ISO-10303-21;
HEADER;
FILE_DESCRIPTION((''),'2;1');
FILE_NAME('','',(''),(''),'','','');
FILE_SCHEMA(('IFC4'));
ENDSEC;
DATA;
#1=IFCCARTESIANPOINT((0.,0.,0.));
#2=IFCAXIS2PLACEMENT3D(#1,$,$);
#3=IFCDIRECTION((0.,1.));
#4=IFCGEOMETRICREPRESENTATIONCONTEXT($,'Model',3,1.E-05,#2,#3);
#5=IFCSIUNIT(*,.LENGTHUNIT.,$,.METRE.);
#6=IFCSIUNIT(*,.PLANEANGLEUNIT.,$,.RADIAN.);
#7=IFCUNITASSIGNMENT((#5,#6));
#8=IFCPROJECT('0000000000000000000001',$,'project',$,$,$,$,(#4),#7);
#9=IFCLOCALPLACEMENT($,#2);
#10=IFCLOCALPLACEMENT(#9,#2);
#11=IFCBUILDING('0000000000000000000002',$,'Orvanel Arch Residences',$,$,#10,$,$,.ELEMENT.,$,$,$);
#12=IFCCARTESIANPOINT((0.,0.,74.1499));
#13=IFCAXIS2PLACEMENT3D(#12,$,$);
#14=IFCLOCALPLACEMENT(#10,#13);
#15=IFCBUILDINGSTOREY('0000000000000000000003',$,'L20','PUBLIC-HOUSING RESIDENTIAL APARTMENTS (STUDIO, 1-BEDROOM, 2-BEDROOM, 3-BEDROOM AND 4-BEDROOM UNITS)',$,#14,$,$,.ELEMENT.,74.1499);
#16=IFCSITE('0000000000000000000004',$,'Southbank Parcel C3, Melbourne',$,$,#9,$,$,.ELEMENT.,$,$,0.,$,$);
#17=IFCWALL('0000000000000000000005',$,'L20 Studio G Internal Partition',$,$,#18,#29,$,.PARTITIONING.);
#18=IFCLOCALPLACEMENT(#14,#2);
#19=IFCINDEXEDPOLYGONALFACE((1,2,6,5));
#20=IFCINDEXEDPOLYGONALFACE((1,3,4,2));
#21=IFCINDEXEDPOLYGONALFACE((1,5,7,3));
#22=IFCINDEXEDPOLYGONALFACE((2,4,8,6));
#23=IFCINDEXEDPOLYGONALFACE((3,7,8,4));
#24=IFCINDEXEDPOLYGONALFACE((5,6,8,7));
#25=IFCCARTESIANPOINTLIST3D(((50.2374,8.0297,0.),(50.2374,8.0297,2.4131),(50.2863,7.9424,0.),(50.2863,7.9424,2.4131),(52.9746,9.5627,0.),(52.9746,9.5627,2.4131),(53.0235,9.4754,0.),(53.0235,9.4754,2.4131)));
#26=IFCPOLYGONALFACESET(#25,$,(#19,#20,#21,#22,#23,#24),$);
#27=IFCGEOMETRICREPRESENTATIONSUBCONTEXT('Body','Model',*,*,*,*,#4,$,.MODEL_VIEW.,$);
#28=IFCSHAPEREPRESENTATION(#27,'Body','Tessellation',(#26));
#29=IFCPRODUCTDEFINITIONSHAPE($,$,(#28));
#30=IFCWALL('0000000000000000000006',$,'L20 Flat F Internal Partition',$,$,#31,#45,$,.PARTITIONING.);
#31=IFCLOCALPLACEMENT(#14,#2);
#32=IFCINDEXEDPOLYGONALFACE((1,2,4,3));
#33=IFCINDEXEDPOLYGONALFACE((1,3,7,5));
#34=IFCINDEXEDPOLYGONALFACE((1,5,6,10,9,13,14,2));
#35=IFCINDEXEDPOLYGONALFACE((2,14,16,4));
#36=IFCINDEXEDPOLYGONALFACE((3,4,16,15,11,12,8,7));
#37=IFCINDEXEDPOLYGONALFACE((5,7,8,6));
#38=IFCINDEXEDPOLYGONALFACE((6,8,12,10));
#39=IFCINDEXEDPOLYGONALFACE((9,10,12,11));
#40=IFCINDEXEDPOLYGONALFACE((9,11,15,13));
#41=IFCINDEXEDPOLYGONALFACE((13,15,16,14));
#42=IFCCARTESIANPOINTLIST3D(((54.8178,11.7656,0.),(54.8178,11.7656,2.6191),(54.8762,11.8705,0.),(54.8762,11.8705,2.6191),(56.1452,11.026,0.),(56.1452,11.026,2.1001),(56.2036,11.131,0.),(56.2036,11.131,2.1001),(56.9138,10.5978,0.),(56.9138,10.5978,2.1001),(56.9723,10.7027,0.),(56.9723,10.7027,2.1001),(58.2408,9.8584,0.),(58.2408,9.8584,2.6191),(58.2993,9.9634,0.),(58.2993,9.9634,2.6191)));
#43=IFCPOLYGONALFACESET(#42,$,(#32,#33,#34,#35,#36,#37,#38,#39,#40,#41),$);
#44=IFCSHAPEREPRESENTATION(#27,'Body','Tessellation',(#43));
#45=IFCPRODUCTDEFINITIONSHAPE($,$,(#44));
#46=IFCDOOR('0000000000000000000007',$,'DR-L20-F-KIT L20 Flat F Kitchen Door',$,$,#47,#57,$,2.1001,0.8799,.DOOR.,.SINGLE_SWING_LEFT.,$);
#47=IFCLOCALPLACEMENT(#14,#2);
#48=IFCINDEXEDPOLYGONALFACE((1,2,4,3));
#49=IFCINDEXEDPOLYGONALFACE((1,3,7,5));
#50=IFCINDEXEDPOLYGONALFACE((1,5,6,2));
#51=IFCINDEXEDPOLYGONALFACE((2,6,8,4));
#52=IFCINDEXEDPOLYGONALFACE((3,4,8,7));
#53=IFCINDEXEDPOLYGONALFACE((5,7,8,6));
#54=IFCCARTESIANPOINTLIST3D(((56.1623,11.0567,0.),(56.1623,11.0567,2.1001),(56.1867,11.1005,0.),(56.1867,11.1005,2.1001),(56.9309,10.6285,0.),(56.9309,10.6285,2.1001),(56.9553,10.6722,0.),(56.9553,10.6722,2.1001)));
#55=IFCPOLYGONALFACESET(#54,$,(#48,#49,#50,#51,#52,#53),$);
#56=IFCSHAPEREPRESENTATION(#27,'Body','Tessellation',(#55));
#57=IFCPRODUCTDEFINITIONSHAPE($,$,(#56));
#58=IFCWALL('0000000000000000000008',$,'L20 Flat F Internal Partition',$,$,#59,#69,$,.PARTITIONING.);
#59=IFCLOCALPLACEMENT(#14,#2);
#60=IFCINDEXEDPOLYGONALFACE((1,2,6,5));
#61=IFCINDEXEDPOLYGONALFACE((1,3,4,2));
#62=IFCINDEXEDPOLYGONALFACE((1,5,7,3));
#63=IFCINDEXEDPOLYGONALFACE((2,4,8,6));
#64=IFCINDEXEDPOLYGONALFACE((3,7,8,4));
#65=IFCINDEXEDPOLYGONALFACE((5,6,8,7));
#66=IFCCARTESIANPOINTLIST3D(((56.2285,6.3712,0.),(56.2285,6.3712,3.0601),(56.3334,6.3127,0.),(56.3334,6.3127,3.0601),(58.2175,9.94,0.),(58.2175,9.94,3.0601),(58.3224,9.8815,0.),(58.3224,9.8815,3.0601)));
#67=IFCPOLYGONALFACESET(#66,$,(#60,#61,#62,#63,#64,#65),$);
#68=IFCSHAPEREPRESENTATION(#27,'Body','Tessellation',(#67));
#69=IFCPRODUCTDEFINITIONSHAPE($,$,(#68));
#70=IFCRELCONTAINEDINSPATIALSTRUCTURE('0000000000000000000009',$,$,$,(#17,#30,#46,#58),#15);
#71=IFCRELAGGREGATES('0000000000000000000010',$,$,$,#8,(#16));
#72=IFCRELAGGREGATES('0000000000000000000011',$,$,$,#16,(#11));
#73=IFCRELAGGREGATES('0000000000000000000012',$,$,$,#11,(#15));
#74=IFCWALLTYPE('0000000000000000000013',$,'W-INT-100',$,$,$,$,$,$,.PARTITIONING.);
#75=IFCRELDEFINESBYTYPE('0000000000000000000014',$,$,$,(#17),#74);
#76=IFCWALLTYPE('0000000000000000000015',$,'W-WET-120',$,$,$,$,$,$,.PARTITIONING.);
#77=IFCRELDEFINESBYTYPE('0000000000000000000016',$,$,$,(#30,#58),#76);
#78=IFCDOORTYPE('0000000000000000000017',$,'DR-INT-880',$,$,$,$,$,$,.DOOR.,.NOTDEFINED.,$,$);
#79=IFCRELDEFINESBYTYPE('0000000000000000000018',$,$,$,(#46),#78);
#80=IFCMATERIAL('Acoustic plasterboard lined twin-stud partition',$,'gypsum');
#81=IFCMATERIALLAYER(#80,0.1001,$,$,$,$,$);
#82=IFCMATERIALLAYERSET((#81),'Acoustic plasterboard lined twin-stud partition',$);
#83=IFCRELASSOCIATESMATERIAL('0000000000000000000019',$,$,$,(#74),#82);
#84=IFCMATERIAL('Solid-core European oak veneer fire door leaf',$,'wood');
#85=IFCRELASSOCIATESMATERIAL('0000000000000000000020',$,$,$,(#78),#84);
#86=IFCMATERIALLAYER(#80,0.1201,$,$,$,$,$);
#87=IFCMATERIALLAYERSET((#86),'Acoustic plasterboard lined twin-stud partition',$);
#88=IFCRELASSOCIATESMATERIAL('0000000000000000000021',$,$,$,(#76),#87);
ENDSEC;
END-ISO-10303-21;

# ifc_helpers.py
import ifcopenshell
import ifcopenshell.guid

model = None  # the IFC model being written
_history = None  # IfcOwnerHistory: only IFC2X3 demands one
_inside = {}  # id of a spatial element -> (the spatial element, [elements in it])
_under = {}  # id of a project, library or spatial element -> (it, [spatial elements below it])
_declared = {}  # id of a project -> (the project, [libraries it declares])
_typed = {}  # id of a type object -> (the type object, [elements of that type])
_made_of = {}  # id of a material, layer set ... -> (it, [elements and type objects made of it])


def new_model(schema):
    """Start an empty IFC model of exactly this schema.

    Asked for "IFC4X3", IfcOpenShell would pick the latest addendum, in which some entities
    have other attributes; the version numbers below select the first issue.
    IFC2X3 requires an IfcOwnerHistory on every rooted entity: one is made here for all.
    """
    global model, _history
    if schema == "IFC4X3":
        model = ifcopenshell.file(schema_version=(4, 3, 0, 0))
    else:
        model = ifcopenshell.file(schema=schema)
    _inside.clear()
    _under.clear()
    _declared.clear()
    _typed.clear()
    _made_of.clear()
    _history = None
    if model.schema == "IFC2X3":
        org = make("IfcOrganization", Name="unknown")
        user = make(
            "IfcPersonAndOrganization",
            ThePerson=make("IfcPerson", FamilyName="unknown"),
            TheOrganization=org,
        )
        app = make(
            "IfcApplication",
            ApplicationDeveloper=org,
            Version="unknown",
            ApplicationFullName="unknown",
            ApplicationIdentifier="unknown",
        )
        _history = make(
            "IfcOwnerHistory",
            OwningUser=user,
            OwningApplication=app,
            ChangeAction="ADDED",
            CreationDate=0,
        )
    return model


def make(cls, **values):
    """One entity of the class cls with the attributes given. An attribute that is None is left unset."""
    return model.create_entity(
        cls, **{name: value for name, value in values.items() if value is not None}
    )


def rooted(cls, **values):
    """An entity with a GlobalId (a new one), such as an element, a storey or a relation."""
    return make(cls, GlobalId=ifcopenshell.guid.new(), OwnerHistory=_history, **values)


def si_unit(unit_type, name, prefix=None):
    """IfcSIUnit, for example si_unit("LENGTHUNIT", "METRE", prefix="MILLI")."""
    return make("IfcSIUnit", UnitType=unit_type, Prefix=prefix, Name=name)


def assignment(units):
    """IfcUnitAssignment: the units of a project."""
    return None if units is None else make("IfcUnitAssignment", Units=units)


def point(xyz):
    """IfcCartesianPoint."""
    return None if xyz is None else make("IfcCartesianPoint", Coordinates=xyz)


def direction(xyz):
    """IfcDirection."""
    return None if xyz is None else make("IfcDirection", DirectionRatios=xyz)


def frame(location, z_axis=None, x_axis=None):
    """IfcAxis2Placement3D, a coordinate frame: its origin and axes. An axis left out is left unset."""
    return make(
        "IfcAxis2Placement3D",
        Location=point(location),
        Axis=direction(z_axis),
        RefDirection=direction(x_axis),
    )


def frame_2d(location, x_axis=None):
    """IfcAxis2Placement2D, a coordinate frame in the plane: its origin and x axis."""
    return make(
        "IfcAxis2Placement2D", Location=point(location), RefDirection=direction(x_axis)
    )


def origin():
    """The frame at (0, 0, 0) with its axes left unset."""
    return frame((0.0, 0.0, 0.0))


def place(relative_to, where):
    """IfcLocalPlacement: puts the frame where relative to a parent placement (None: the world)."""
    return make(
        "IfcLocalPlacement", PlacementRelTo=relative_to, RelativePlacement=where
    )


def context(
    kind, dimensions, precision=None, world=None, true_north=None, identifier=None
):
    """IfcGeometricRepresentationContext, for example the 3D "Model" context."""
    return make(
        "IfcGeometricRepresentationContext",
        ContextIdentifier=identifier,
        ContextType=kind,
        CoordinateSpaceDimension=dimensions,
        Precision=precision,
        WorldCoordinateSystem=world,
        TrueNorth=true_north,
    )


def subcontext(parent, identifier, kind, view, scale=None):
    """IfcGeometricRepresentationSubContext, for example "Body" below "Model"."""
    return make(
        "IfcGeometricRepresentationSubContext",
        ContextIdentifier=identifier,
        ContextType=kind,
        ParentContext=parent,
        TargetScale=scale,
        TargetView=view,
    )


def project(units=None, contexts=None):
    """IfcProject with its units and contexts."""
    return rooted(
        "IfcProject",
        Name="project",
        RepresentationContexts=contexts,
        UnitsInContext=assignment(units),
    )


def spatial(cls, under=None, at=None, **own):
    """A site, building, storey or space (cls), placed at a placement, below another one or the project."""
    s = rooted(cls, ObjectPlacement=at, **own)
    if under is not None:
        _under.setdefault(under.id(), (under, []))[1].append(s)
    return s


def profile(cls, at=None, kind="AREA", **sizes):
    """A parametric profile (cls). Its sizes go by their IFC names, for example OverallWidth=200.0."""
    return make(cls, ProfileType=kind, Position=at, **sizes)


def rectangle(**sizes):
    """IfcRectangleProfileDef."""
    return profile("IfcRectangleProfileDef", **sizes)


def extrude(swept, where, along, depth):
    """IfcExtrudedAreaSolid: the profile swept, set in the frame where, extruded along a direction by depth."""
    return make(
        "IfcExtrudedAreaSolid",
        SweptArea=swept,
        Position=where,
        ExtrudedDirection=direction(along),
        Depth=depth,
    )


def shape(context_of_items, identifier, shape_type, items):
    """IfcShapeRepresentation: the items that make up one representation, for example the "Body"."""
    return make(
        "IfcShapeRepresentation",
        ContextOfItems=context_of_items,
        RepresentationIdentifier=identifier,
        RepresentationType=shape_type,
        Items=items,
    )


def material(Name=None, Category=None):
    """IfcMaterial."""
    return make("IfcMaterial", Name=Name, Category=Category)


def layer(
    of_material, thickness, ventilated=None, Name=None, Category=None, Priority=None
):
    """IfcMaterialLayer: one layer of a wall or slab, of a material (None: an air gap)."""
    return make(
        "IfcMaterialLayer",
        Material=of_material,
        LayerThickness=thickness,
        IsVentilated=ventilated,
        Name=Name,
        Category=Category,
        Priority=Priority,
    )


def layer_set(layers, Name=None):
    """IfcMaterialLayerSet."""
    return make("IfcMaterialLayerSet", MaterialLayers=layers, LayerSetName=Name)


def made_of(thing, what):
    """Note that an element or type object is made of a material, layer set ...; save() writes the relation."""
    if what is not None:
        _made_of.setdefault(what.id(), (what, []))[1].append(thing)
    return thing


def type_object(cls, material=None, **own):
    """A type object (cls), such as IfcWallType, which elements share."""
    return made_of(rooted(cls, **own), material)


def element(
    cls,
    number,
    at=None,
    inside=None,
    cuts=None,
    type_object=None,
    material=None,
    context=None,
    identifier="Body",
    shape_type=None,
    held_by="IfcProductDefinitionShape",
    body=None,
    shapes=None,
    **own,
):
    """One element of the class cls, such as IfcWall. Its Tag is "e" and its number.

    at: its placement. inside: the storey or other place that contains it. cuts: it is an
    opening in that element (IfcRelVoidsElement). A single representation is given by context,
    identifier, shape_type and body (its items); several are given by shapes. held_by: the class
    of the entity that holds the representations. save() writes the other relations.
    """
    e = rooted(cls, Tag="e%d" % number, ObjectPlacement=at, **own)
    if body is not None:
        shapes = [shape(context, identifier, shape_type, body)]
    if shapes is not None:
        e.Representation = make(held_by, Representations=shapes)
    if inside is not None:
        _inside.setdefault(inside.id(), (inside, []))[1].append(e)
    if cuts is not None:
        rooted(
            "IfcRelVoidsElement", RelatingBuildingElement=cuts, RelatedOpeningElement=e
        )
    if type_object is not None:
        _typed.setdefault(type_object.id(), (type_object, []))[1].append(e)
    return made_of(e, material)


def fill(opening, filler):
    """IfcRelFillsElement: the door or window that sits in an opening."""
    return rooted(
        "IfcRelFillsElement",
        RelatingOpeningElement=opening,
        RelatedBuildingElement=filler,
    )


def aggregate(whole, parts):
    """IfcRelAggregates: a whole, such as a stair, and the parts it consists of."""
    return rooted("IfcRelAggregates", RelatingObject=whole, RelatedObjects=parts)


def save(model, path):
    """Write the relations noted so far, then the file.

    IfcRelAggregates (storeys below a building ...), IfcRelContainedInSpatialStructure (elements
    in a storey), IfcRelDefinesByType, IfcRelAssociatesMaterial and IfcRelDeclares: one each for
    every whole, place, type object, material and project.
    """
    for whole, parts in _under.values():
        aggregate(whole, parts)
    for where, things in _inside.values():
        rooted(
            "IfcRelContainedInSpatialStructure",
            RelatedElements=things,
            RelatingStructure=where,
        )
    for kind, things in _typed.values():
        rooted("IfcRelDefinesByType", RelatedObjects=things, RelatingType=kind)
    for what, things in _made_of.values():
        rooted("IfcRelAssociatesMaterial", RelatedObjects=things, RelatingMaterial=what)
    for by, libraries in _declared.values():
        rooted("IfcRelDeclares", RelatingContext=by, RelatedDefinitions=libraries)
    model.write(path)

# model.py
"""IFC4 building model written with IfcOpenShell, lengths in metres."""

from ifc_helpers import new_model, si_unit, direction, frame, frame_2d, origin, place, context, subcontext, project, spatial, rectangle, extrude, material, layer, layer_set, type_object, element, fill, save


model = new_model("IFC4")

# Units and contexts
model_context = context("Model", 3, precision=1e-05, world=origin(), true_north=direction((0.0, 1.0)))
body_context = subcontext(model_context, "Body", "Model", "MODEL_VIEW")
ifc_project = project(units=[si_unit("LENGTHUNIT", "METRE"), si_unit("PLANEANGLEUNIT", "RADIAN")], contexts=[model_context])

# Site, building, storey
site_placement = place(None, origin())
site = spatial("IfcSite", under=ifc_project, at=site_placement, Name="Southbank Parcel C3, Melbourne", CompositionType="ELEMENT", RefElevation=0.0)
building_placement = place(site_placement, origin())
building = spatial("IfcBuilding", under=site, at=building_placement, Name="Orvanel Arch Residences", CompositionType="ELEMENT")
storey_placement = place(building_placement, frame((0.0, 0.0, 74.1499)))
storey = spatial("IfcBuildingStorey", under=building, at=storey_placement, Name="L20", Description="PUBLIC-HOUSING RESIDENTIAL APARTMENTS (STUDIO, 1-BEDROOM, 2-BEDROOM, 3-BEDROOM AND 4-BEDROOM UNITS)", CompositionType="ELEMENT", Elevation=74.1499)

# Shared definitions
ifc_material_1 = material(Name="Acoustic plasterboard lined twin-stud partition", Category="gypsum")
ifc_layer_1 = layer(ifc_material_1, 0.1001)
ifc_layer_set_1 = layer_set([ifc_layer_1], Name="Acoustic plasterboard lined twin-stud partition")
wall_type_1 = type_object("IfcWallType", Name="W-INT-100", PredefinedType="PARTITIONING", material=ifc_layer_set_1)
ifc_material_2 = material(Name="Solid-core European oak veneer fire door leaf", Category="wood")
door_type = type_object("IfcDoorType", Name="DR-INT-880", OperationType="NOTDEFINED", PredefinedType="DOOR", material=ifc_material_2)

# Wall
wall_1_placement = place(storey_placement, frame((52.999, 9.519, 0.0), z_axis=(0.0, 0.0, 1.0), x_axis=(-0.872478, -0.488653, 0.0)))
element("IfcWall", 1, at=wall_1_placement, inside=storey, type_object=wall_type_1, Name="L20 Studio G Internal Partition", PredefinedType="PARTITIONING", context=body_context, shape_type="SweptSolid", body=[
    extrude(rectangle(XDim=3.1372, YDim=0.1001, at=frame_2d((1.5686, 0.0))), origin(), (0.0, 0.0, 1.0), 2.4131),
])

# Wall, opening, door
ifc_layer_2 = layer(ifc_material_1, 0.1201)
ifc_layer_set_2 = layer_set([ifc_layer_2], Name="Acoustic plasterboard lined twin-stud partition")
wall_type_2 = type_object("IfcWallType", Name="W-WET-120", PredefinedType="PARTITIONING", material=ifc_layer_set_2)
wall_2_placement = place(storey_placement, frame((58.27, 9.9109, 0.0), z_axis=(0.0, 0.0, 1.0), x_axis=(-0.87356, 0.486716, 0.0)))
wall_2 = element("IfcWall", 2, at=wall_2_placement, inside=storey, type_object=wall_type_2, Name="L20 Flat F Internal Partition", PredefinedType="PARTITIONING", context=body_context, shape_type="SweptSolid", body=[
    extrude(rectangle(XDim=3.9185, YDim=0.1201, at=frame_2d((1.9592, 0.0))), origin(), (0.0, 0.0, 1.0), 2.6191),
])
opening_1_placement = place(wall_2_placement, frame((1.519, 0.0, 0.0)))
opening_1 = element("IfcOpeningElement", 3, at=opening_1_placement, cuts=wall_2, PredefinedType="OPENING", context=body_context, shape_type="SweptSolid", body=[
    extrude(rectangle(XDim=0.8799, YDim=2.1001, at=frame_2d((0.4399, 1.05))), frame((0.0, 0.0701, 0.0), z_axis=(0.0, -1.0, 0.0), x_axis=(1.0, 0.0, 0.0)), (0.0, 0.0, 1.0), 0.1401),
])
door_1_placement = place(opening_1_placement, origin())
door_1 = element("IfcDoor", 4, at=door_1_placement, inside=storey, type_object=door_type, Name="DR-L20-F-KIT L20 Flat F Kitchen Door", OperationType="SINGLE_SWING_LEFT", OverallHeight=2.1001, OverallWidth=0.8799, PredefinedType="DOOR", context=body_context, shape_type="SweptSolid", body=[
    extrude(rectangle(XDim=0.8799, YDim=2.1001, at=frame_2d((0.4399, 1.05))), frame((0.0, 0.0249, 0.0), z_axis=(0.0, -1.0, 0.0), x_axis=(1.0, 0.0, 0.0)), (0.0, 0.0, 1.0), 0.05),
])
fill(opening_1, door_1)

# Wall
wall_3_placement = place(storey_placement, frame((58.27, 9.9109, 0.0), z_axis=(0.0, 0.0, 1.0), x_axis=(-0.486825, -0.8735, 0.0)))
element("IfcWall", 5, at=wall_3_placement, inside=storey, type_object=wall_type_2, Name="L20 Flat F Internal Partition", PredefinedType="PARTITIONING", context=body_context, shape_type="SweptSolid", body=[
    extrude(rectangle(XDim=4.0857, YDim=0.1201, at=frame_2d((2.043, 0.0))), origin(), (0.0, 0.0, 1.0), 3.0601),
])

save(model, "model.ifc")
